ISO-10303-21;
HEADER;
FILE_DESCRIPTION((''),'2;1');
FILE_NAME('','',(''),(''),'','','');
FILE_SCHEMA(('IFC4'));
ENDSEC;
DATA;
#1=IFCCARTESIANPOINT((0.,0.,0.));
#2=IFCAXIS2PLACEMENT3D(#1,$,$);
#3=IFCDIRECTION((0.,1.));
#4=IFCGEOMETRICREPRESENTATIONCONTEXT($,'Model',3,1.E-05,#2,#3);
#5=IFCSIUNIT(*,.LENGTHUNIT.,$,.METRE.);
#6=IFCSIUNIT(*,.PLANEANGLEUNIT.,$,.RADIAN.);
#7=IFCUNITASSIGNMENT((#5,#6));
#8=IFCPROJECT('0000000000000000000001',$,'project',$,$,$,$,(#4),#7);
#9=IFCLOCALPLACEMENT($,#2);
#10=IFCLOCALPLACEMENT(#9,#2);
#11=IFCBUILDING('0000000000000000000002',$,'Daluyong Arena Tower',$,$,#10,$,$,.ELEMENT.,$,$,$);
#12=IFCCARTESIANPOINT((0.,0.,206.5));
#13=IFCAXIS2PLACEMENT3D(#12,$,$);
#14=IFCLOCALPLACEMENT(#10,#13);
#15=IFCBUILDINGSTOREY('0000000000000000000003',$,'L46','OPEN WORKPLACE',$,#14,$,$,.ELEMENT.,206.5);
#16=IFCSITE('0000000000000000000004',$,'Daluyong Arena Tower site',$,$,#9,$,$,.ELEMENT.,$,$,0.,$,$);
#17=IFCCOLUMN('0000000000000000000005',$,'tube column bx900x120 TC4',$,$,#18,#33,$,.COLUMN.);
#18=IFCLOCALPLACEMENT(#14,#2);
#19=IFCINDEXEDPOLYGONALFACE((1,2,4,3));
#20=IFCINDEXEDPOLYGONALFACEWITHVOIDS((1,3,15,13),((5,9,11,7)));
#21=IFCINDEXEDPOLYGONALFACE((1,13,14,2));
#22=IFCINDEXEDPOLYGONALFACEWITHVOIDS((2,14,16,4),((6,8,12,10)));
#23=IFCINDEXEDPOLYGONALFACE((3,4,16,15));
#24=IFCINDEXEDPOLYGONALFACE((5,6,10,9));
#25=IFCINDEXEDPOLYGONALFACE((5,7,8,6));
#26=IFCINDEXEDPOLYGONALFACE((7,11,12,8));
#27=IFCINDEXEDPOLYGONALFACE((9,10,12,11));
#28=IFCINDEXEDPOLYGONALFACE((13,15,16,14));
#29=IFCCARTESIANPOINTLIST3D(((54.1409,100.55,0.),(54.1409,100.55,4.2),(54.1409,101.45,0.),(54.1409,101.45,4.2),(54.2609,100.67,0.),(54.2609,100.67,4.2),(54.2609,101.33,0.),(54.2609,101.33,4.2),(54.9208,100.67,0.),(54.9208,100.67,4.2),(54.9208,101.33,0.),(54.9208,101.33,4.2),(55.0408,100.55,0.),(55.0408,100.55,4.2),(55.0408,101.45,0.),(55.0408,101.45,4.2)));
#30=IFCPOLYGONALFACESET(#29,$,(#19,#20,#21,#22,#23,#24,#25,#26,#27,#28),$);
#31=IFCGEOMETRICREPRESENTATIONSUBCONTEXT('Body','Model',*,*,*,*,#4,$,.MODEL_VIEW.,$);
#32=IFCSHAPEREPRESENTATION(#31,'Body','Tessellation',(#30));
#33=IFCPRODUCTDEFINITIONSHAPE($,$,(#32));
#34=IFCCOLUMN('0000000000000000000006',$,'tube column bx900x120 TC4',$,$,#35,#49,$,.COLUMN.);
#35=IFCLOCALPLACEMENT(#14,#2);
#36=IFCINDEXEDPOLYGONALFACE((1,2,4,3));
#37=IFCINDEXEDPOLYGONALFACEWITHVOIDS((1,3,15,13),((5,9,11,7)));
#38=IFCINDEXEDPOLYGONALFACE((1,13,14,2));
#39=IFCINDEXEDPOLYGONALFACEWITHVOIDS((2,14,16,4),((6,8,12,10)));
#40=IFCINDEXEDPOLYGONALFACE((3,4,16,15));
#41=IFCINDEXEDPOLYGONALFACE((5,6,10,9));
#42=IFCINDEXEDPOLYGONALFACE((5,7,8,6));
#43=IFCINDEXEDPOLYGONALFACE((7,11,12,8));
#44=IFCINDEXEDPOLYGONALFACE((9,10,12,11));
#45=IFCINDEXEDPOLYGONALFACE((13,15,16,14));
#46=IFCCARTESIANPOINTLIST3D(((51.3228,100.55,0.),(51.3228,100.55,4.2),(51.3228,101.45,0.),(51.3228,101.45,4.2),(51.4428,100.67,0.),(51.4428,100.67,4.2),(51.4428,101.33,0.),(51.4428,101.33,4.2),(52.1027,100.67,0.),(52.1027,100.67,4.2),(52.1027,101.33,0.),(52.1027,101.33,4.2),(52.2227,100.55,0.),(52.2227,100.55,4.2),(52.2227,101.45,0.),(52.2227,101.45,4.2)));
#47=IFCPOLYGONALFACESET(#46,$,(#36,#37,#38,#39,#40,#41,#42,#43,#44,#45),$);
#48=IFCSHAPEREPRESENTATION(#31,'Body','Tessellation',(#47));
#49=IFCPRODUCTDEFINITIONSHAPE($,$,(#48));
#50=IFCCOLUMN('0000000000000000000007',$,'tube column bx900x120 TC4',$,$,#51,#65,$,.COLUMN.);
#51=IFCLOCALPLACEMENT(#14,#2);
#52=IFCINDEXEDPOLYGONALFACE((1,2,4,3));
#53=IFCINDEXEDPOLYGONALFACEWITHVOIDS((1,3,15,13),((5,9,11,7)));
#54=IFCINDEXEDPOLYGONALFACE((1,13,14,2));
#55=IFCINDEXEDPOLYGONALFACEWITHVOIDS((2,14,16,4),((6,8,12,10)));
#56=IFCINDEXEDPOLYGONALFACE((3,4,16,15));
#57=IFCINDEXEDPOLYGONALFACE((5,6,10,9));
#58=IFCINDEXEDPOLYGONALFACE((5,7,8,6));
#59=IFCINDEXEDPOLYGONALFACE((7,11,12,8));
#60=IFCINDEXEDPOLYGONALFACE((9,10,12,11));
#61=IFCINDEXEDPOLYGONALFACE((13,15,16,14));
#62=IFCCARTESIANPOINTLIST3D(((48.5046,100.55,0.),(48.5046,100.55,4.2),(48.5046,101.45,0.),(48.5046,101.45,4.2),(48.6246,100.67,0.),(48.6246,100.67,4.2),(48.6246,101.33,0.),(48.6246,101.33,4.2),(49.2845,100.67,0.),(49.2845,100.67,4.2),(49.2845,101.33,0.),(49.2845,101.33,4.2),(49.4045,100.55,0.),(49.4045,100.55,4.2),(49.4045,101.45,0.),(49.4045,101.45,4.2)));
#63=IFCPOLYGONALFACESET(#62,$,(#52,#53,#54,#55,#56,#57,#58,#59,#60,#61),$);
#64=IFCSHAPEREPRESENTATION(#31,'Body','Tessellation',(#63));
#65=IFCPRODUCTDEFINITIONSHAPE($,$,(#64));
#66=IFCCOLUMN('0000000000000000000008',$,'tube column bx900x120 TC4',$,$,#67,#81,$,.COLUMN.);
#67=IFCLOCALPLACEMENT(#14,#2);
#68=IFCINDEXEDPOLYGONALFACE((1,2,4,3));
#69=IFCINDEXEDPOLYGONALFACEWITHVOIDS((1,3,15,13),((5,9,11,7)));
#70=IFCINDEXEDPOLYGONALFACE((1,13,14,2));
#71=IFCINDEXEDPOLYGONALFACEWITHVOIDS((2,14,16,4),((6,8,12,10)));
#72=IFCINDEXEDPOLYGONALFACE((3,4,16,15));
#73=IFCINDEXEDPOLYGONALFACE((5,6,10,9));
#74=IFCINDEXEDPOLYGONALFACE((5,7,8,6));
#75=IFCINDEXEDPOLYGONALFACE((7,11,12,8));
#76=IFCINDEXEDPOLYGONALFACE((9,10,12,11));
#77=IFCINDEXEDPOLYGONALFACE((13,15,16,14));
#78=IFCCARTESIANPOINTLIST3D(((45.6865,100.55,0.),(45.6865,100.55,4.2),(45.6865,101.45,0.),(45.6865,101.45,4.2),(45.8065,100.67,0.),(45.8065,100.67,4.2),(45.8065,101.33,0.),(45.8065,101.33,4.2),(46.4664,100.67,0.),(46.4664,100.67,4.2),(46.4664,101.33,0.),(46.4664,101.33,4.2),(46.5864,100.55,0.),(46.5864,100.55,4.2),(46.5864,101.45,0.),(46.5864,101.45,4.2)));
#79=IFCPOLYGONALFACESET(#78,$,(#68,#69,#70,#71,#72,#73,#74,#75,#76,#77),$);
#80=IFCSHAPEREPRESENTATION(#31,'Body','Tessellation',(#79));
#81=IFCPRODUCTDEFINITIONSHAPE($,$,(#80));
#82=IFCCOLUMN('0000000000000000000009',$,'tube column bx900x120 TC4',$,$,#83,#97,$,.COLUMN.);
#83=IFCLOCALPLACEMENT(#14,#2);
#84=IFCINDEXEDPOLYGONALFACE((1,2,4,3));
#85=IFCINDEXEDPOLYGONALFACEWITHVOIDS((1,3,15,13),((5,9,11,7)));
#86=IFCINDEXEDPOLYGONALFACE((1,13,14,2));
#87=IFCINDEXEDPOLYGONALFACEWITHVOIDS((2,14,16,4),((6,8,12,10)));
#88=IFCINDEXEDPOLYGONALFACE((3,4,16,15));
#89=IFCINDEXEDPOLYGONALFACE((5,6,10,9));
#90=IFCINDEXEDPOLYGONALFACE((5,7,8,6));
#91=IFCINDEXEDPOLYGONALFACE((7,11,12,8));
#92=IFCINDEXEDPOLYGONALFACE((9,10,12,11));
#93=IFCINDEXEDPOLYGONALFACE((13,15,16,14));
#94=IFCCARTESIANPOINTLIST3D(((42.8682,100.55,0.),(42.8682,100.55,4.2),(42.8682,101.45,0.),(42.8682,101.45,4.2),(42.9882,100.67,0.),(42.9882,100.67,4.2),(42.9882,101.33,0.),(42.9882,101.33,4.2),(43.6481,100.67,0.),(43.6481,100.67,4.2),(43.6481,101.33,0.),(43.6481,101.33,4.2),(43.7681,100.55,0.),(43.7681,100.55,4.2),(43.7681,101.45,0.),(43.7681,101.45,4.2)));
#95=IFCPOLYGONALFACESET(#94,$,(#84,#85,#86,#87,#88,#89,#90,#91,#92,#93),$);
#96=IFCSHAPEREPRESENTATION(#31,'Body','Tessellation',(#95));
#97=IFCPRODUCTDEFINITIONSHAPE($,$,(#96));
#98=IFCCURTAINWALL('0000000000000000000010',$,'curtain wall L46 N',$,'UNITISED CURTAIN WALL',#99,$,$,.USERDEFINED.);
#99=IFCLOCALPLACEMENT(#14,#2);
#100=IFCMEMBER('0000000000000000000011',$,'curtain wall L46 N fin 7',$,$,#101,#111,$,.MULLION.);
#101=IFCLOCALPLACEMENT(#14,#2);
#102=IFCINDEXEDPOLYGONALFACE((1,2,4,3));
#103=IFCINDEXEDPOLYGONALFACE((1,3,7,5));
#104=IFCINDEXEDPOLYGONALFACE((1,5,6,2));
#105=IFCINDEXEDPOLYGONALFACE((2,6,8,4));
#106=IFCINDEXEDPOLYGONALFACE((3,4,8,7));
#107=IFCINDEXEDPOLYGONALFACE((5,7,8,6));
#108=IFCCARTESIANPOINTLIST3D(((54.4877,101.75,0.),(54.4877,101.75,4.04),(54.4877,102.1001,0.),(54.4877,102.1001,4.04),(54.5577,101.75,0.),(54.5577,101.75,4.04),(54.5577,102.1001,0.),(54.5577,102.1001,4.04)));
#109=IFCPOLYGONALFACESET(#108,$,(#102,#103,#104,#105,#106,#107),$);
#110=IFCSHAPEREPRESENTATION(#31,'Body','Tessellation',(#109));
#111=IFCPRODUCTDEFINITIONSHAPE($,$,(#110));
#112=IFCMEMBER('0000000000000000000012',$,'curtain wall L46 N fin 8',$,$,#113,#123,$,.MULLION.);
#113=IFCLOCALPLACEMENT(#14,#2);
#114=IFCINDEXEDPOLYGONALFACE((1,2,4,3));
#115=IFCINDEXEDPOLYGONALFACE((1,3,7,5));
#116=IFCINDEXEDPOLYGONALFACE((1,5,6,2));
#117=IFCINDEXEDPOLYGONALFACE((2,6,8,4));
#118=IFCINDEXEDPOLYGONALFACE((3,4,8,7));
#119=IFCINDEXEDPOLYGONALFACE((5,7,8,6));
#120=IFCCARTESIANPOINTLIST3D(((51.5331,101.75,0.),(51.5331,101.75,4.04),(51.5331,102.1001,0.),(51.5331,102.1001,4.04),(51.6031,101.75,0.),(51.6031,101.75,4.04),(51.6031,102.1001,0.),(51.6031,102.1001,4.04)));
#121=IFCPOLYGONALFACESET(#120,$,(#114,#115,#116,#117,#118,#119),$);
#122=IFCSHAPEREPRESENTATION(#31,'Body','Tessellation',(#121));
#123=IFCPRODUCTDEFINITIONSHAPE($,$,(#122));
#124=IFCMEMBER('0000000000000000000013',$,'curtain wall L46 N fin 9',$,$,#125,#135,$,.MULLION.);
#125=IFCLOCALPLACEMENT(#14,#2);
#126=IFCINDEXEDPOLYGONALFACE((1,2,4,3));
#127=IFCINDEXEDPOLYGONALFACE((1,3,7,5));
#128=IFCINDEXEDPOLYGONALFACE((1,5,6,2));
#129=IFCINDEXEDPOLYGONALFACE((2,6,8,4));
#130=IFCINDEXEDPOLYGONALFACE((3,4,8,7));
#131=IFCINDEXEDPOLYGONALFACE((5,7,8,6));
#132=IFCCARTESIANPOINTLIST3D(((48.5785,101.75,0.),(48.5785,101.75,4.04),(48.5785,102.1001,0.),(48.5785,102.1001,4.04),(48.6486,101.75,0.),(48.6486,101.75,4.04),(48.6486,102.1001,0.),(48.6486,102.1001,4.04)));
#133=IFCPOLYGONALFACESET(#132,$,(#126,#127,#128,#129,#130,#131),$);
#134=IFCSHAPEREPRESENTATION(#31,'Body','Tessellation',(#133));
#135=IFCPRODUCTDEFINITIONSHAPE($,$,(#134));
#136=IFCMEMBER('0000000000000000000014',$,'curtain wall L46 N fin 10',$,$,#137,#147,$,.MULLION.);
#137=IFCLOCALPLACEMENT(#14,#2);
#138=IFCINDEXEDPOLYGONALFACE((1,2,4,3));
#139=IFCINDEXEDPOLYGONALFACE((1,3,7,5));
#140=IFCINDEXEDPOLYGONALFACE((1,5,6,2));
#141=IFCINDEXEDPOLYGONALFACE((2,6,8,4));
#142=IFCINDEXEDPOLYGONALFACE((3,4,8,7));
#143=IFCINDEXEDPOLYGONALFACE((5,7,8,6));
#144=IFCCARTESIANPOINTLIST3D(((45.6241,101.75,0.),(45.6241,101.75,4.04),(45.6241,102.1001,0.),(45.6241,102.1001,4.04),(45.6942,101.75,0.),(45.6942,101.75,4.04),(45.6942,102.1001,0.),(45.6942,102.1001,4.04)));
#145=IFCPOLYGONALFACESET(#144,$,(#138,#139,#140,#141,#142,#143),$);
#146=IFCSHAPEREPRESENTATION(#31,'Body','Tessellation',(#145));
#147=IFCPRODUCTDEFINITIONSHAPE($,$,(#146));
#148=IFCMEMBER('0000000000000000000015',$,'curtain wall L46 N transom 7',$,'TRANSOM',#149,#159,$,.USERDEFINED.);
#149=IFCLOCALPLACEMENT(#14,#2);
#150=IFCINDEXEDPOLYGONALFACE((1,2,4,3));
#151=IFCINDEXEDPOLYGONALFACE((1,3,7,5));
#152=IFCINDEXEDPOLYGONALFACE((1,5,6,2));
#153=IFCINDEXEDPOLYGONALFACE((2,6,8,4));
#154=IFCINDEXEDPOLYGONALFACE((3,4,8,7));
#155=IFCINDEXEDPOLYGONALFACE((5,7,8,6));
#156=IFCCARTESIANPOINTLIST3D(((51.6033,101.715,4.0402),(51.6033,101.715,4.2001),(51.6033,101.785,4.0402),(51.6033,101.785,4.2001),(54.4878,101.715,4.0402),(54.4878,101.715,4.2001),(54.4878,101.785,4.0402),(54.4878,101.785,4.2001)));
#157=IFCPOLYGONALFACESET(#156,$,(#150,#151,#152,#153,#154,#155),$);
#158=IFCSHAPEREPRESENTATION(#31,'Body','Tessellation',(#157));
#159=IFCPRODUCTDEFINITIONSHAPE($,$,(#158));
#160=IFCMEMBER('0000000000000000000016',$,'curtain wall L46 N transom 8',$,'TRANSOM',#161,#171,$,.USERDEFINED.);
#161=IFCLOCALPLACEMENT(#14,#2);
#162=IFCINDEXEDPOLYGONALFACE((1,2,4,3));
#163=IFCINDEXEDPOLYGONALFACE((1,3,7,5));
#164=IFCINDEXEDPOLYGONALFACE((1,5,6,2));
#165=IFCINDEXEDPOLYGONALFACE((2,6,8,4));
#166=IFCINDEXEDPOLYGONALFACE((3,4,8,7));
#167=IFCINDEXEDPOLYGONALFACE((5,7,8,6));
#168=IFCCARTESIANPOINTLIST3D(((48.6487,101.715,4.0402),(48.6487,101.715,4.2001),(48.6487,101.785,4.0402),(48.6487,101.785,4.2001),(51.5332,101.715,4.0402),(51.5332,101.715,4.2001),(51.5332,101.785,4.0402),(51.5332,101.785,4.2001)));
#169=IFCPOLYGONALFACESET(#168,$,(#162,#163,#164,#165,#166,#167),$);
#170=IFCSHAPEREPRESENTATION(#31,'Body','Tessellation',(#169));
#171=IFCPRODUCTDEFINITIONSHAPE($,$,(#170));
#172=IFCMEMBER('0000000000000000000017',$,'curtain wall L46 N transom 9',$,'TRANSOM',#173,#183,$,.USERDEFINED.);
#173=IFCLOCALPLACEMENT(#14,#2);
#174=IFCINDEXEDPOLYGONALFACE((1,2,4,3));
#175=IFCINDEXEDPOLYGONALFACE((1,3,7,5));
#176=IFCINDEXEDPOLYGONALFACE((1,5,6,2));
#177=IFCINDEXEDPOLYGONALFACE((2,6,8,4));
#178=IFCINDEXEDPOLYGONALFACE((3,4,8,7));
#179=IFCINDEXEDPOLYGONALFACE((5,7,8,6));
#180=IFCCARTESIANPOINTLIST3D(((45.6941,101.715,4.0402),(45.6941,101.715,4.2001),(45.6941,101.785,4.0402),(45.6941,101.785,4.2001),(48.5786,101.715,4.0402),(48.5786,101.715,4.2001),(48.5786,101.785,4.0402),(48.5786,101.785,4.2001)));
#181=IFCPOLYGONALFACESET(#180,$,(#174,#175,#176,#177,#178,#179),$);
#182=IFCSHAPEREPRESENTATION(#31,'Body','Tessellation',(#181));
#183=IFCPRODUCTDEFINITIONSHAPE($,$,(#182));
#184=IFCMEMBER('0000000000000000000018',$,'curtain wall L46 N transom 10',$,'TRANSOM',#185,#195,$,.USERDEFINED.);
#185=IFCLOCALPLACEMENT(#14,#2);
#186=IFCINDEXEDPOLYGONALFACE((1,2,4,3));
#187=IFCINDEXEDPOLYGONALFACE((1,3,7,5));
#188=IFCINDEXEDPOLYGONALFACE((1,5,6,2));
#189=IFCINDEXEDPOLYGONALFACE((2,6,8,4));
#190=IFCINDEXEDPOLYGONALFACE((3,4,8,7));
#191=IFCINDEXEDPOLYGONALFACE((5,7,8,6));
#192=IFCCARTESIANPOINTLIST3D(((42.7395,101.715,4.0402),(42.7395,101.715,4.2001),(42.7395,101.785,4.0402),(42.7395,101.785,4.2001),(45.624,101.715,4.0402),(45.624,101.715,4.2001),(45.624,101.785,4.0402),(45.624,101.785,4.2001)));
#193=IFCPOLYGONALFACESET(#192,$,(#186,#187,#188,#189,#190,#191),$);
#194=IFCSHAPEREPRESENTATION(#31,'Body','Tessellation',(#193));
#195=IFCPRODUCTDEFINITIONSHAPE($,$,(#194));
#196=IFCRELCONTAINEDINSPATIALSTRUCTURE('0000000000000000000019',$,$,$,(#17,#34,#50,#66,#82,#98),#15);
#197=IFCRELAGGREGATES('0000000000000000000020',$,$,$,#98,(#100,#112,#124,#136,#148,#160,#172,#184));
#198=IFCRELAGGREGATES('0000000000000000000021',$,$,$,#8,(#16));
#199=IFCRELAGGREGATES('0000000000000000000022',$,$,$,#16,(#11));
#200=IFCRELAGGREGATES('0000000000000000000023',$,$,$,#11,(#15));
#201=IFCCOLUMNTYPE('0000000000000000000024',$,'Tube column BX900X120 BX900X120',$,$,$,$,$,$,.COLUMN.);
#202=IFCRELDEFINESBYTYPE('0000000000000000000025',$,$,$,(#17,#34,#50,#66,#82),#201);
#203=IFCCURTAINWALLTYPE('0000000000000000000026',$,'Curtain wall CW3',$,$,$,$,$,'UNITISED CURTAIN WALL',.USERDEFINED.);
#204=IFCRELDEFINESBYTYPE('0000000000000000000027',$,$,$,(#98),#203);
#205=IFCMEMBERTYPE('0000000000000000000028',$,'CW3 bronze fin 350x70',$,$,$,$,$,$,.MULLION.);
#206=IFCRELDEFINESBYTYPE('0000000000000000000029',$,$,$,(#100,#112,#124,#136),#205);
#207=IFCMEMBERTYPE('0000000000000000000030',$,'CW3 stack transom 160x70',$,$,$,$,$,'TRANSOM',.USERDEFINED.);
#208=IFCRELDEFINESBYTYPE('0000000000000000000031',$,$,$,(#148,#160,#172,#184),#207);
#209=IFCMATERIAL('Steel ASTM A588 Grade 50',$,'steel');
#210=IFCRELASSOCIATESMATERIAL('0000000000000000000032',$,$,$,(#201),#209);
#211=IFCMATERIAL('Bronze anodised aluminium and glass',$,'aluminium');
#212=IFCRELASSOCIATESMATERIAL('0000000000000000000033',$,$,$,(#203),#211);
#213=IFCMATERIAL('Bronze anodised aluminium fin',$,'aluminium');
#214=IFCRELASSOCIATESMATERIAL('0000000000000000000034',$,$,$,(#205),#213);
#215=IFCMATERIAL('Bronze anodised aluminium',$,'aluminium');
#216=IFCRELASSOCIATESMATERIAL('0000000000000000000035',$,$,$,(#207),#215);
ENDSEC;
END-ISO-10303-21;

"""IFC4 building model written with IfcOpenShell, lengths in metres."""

from ifc_helpers import new_model, si_unit, direction, frame, origin, origin_2d, place, context, subcontext, project, spatial, rectangle, hollow_rectangle, extrude, material, material_profile, profile_set, type_object, element, aggregate, save


model = new_model("IFC4")

# Units and contexts
model_context = context("Model", 3, precision=1e-05, world=origin(), true_north=direction((0.0, 1.0)))
body_context = subcontext(model_context, "Body", "Model", "MODEL_VIEW")
ifc_project = project(units=[si_unit("LENGTHUNIT", "METRE"), si_unit("PLANEANGLEUNIT", "RADIAN")], contexts=[model_context])

# Site, building, storey
site_placement = place(None, origin())
site = spatial("IfcSite", under=ifc_project, at=site_placement, Name="Daluyong Arena Tower site", CompositionType="ELEMENT", RefElevation=0.0)
building_placement = place(site_placement, origin())
building = spatial("IfcBuilding", under=site, at=building_placement, Name="Daluyong Arena Tower", CompositionType="ELEMENT")
storey_placement = place(building_placement, frame((0.0, 0.0, 206.5)))
storey = spatial("IfcBuildingStorey", under=building, at=storey_placement, Name="L46", Description="OPEN WORKPLACE", CompositionType="ELEMENT", Elevation=206.5)

# Columns
ifc_material_1 = material(Name="Steel ASTM A588 Grade 50", Category="steel")
ifc_material_profile_1 = material_profile(ifc_material_1, hollow_rectangle(XDim=0.8999, YDim=0.8999, WallThickness=0.12, at=origin_2d()))
ifc_profile_set_1 = profile_set([ifc_material_profile_1], Name="Steel ASTM A588 Grade 50")
column_type = type_object("IfcColumnType", Name="Tube column BX900X120 BX900X120", PredefinedType="COLUMN", material=ifc_profile_set_1)
for number, where, z_axis, x_axis, name in (
    (1, (54.5908, 101.0, 0.0), (0.0, 0.0, 1.0), (1.0, 0.0, 0.0), "tube column bx900x120 TC4"),
    (2, (51.7727, 101.0, 0.0), (0.0, 0.0, 1.0), (1.0, 0.0, 0.0), "tube column bx900x120 TC4"),
    (3, (48.9546, 101.0, 0.0), (0.0, 0.0, 1.0), (1.0, 0.0, 0.0), "tube column bx900x120 TC4"),
    (4, (46.1365, 101.0, 0.0), (0.0, 0.0, 1.0), (1.0, 0.0, 0.0), "tube column bx900x120 TC4"),
    (5, (43.3181, 101.0, 0.0), (0.0, 0.0, 1.0), (1.0, 0.0, 0.0), "tube column bx900x120 TC4"),
):
    element("IfcColumn", number, at=place(storey_placement, frame(where, z_axis=z_axis, x_axis=x_axis)), inside=storey, type_object=column_type, Name=name, PredefinedType="COLUMN", context=body_context, shape_type="SweptSolid", body=[
        extrude(hollow_rectangle(XDim=0.8999, YDim=0.8999, WallThickness=0.12, at=origin_2d()), origin(), (0.0, 0.0, 1.0), 4.2),
    ])

# Curtain wall, members
ifc_material_2 = material(Name="Bronze anodised aluminium and glass", Category="aluminium")
curtain_wall_type = type_object("IfcCurtainWallType", Name="Curtain wall CW3", ElementType="UNITISED CURTAIN WALL", PredefinedType="USERDEFINED", material=ifc_material_2)
curtain_wall_placement = place(storey_placement, origin())
curtain_wall = element("IfcCurtainWall", 6, at=curtain_wall_placement, inside=storey, type_object=curtain_wall_type, Name="curtain wall L46 N", ObjectType="UNITISED CURTAIN WALL", PredefinedType="USERDEFINED")
ifc_material_3 = material(Name="Bronze anodised aluminium fin", Category="aluminium")
ifc_material_profile_2 = material_profile(ifc_material_3, rectangle(XDim=0.3501, YDim=0.0701, at=origin_2d()))
ifc_profile_set_2 = profile_set([ifc_material_profile_2], Name="Bronze anodised aluminium fin")
member_type_1 = type_object("IfcMemberType", Name="CW3 bronze fin 350x70", PredefinedType="MULLION", material=ifc_profile_set_2)
member_1_placement = place(storey_placement, frame((54.5227, 101.925, 0.0), z_axis=(0.0, 0.0, 1.0), x_axis=(0.0, -1.0, 0.0)))
member_1 = element("IfcMember", 7, at=member_1_placement, type_object=member_type_1, Name="curtain wall L46 N fin 7", PredefinedType="MULLION", context=body_context, shape_type="SweptSolid", body=[
    extrude(rectangle(XDim=0.3501, YDim=0.0701, at=origin_2d()), origin(), (0.0, 0.0, 1.0), 4.04),
])
member_2_placement = place(storey_placement, frame((51.5681, 101.925, 0.0), z_axis=(0.0, 0.0, 1.0), x_axis=(0.0, -1.0, 0.0)))
member_2 = element("IfcMember", 8, at=member_2_placement, type_object=member_type_1, Name="curtain wall L46 N fin 8", PredefinedType="MULLION", context=body_context, shape_type="SweptSolid", body=[
    extrude(rectangle(XDim=0.3501, YDim=0.0701, at=origin_2d()), origin(), (0.0, 0.0, 1.0), 4.04),
])
member_3_placement = place(storey_placement, frame((48.6135, 101.925, 0.0), z_axis=(0.0, 0.0, 1.0), x_axis=(0.0, -1.0, 0.0)))
member_3 = element("IfcMember", 9, at=member_3_placement, type_object=member_type_1, Name="curtain wall L46 N fin 9", PredefinedType="MULLION", context=body_context, shape_type="SweptSolid", body=[
    extrude(rectangle(XDim=0.3501, YDim=0.0701, at=origin_2d()), origin(), (0.0, 0.0, 1.0), 4.04),
])
member_4_placement = place(storey_placement, frame((45.6592, 101.925, 0.0), z_axis=(0.0, 0.0, 1.0), x_axis=(0.0, -1.0, 0.0)))
member_4 = element("IfcMember", 10, at=member_4_placement, type_object=member_type_1, Name="curtain wall L46 N fin 10", PredefinedType="MULLION", context=body_context, shape_type="SweptSolid", body=[
    extrude(rectangle(XDim=0.3501, YDim=0.0701, at=origin_2d()), origin(), (0.0, 0.0, 1.0), 4.04),
])
ifc_material_4 = material(Name="Bronze anodised aluminium", Category="aluminium")
ifc_material_profile_3 = material_profile(ifc_material_4, rectangle(XDim=0.0701, YDim=0.1599, at=origin_2d()))
ifc_profile_set_3 = profile_set([ifc_material_profile_3], Name="Bronze anodised aluminium")
member_type_2 = type_object("IfcMemberType", Name="CW3 stack transom 160x70", ElementType="TRANSOM", PredefinedType="USERDEFINED", material=ifc_profile_set_3)
member_5_placement = place(storey_placement, frame((54.4878, 101.75, 4.1201), z_axis=(-1.0, 0.0, 0.0), x_axis=(0.0, -1.0, 0.0)))
member_5 = element("IfcMember", 11, at=member_5_placement, type_object=member_type_2, Name="curtain wall L46 N transom 7", ObjectType="TRANSOM", PredefinedType="USERDEFINED", context=body_context, shape_type="SweptSolid", body=[
    extrude(rectangle(XDim=0.0701, YDim=0.1599, at=origin_2d()), origin(), (0.0, 0.0, 1.0), 2.8845),
])
member_6_placement = place(storey_placement, frame((51.5332, 101.75, 4.1201), z_axis=(-1.0, 0.0, 0.0), x_axis=(0.0, -1.0, 0.0)))
member_6 = element("IfcMember", 12, at=member_6_placement, type_object=member_type_2, Name="curtain wall L46 N transom 8", ObjectType="TRANSOM", PredefinedType="USERDEFINED", context=body_context, shape_type="SweptSolid", body=[
    extrude(rectangle(XDim=0.0701, YDim=0.1599, at=origin_2d()), origin(), (0.0, 0.0, 1.0), 2.8845),
])
member_7_placement = place(storey_placement, frame((48.5786, 101.75, 4.1201), z_axis=(-1.0, 0.0, 0.0), x_axis=(0.0, -1.0, 0.0)))
member_7 = element("IfcMember", 13, at=member_7_placement, type_object=member_type_2, Name="curtain wall L46 N transom 9", ObjectType="TRANSOM", PredefinedType="USERDEFINED", context=body_context, shape_type="SweptSolid", body=[
    extrude(rectangle(XDim=0.0701, YDim=0.1599, at=origin_2d()), origin(), (0.0, 0.0, 1.0), 2.8845),
])
member_8_placement = place(storey_placement, frame((45.624, 101.75, 4.1201), z_axis=(-1.0, 0.0, 0.0), x_axis=(0.0, -1.0, 0.0)))
member_8 = element("IfcMember", 14, at=member_8_placement, type_object=member_type_2, Name="curtain wall L46 N transom 10", ObjectType="TRANSOM", PredefinedType="USERDEFINED", context=body_context, shape_type="SweptSolid", body=[
    extrude(rectangle(XDim=0.0701, YDim=0.1599, at=origin_2d()), origin(), (0.0, 0.0, 1.0), 2.8845),
])

aggregate(curtain_wall, [member_1, member_2, member_3, member_4, member_5, member_6, member_7, member_8])

save(model, "model.ifc")
